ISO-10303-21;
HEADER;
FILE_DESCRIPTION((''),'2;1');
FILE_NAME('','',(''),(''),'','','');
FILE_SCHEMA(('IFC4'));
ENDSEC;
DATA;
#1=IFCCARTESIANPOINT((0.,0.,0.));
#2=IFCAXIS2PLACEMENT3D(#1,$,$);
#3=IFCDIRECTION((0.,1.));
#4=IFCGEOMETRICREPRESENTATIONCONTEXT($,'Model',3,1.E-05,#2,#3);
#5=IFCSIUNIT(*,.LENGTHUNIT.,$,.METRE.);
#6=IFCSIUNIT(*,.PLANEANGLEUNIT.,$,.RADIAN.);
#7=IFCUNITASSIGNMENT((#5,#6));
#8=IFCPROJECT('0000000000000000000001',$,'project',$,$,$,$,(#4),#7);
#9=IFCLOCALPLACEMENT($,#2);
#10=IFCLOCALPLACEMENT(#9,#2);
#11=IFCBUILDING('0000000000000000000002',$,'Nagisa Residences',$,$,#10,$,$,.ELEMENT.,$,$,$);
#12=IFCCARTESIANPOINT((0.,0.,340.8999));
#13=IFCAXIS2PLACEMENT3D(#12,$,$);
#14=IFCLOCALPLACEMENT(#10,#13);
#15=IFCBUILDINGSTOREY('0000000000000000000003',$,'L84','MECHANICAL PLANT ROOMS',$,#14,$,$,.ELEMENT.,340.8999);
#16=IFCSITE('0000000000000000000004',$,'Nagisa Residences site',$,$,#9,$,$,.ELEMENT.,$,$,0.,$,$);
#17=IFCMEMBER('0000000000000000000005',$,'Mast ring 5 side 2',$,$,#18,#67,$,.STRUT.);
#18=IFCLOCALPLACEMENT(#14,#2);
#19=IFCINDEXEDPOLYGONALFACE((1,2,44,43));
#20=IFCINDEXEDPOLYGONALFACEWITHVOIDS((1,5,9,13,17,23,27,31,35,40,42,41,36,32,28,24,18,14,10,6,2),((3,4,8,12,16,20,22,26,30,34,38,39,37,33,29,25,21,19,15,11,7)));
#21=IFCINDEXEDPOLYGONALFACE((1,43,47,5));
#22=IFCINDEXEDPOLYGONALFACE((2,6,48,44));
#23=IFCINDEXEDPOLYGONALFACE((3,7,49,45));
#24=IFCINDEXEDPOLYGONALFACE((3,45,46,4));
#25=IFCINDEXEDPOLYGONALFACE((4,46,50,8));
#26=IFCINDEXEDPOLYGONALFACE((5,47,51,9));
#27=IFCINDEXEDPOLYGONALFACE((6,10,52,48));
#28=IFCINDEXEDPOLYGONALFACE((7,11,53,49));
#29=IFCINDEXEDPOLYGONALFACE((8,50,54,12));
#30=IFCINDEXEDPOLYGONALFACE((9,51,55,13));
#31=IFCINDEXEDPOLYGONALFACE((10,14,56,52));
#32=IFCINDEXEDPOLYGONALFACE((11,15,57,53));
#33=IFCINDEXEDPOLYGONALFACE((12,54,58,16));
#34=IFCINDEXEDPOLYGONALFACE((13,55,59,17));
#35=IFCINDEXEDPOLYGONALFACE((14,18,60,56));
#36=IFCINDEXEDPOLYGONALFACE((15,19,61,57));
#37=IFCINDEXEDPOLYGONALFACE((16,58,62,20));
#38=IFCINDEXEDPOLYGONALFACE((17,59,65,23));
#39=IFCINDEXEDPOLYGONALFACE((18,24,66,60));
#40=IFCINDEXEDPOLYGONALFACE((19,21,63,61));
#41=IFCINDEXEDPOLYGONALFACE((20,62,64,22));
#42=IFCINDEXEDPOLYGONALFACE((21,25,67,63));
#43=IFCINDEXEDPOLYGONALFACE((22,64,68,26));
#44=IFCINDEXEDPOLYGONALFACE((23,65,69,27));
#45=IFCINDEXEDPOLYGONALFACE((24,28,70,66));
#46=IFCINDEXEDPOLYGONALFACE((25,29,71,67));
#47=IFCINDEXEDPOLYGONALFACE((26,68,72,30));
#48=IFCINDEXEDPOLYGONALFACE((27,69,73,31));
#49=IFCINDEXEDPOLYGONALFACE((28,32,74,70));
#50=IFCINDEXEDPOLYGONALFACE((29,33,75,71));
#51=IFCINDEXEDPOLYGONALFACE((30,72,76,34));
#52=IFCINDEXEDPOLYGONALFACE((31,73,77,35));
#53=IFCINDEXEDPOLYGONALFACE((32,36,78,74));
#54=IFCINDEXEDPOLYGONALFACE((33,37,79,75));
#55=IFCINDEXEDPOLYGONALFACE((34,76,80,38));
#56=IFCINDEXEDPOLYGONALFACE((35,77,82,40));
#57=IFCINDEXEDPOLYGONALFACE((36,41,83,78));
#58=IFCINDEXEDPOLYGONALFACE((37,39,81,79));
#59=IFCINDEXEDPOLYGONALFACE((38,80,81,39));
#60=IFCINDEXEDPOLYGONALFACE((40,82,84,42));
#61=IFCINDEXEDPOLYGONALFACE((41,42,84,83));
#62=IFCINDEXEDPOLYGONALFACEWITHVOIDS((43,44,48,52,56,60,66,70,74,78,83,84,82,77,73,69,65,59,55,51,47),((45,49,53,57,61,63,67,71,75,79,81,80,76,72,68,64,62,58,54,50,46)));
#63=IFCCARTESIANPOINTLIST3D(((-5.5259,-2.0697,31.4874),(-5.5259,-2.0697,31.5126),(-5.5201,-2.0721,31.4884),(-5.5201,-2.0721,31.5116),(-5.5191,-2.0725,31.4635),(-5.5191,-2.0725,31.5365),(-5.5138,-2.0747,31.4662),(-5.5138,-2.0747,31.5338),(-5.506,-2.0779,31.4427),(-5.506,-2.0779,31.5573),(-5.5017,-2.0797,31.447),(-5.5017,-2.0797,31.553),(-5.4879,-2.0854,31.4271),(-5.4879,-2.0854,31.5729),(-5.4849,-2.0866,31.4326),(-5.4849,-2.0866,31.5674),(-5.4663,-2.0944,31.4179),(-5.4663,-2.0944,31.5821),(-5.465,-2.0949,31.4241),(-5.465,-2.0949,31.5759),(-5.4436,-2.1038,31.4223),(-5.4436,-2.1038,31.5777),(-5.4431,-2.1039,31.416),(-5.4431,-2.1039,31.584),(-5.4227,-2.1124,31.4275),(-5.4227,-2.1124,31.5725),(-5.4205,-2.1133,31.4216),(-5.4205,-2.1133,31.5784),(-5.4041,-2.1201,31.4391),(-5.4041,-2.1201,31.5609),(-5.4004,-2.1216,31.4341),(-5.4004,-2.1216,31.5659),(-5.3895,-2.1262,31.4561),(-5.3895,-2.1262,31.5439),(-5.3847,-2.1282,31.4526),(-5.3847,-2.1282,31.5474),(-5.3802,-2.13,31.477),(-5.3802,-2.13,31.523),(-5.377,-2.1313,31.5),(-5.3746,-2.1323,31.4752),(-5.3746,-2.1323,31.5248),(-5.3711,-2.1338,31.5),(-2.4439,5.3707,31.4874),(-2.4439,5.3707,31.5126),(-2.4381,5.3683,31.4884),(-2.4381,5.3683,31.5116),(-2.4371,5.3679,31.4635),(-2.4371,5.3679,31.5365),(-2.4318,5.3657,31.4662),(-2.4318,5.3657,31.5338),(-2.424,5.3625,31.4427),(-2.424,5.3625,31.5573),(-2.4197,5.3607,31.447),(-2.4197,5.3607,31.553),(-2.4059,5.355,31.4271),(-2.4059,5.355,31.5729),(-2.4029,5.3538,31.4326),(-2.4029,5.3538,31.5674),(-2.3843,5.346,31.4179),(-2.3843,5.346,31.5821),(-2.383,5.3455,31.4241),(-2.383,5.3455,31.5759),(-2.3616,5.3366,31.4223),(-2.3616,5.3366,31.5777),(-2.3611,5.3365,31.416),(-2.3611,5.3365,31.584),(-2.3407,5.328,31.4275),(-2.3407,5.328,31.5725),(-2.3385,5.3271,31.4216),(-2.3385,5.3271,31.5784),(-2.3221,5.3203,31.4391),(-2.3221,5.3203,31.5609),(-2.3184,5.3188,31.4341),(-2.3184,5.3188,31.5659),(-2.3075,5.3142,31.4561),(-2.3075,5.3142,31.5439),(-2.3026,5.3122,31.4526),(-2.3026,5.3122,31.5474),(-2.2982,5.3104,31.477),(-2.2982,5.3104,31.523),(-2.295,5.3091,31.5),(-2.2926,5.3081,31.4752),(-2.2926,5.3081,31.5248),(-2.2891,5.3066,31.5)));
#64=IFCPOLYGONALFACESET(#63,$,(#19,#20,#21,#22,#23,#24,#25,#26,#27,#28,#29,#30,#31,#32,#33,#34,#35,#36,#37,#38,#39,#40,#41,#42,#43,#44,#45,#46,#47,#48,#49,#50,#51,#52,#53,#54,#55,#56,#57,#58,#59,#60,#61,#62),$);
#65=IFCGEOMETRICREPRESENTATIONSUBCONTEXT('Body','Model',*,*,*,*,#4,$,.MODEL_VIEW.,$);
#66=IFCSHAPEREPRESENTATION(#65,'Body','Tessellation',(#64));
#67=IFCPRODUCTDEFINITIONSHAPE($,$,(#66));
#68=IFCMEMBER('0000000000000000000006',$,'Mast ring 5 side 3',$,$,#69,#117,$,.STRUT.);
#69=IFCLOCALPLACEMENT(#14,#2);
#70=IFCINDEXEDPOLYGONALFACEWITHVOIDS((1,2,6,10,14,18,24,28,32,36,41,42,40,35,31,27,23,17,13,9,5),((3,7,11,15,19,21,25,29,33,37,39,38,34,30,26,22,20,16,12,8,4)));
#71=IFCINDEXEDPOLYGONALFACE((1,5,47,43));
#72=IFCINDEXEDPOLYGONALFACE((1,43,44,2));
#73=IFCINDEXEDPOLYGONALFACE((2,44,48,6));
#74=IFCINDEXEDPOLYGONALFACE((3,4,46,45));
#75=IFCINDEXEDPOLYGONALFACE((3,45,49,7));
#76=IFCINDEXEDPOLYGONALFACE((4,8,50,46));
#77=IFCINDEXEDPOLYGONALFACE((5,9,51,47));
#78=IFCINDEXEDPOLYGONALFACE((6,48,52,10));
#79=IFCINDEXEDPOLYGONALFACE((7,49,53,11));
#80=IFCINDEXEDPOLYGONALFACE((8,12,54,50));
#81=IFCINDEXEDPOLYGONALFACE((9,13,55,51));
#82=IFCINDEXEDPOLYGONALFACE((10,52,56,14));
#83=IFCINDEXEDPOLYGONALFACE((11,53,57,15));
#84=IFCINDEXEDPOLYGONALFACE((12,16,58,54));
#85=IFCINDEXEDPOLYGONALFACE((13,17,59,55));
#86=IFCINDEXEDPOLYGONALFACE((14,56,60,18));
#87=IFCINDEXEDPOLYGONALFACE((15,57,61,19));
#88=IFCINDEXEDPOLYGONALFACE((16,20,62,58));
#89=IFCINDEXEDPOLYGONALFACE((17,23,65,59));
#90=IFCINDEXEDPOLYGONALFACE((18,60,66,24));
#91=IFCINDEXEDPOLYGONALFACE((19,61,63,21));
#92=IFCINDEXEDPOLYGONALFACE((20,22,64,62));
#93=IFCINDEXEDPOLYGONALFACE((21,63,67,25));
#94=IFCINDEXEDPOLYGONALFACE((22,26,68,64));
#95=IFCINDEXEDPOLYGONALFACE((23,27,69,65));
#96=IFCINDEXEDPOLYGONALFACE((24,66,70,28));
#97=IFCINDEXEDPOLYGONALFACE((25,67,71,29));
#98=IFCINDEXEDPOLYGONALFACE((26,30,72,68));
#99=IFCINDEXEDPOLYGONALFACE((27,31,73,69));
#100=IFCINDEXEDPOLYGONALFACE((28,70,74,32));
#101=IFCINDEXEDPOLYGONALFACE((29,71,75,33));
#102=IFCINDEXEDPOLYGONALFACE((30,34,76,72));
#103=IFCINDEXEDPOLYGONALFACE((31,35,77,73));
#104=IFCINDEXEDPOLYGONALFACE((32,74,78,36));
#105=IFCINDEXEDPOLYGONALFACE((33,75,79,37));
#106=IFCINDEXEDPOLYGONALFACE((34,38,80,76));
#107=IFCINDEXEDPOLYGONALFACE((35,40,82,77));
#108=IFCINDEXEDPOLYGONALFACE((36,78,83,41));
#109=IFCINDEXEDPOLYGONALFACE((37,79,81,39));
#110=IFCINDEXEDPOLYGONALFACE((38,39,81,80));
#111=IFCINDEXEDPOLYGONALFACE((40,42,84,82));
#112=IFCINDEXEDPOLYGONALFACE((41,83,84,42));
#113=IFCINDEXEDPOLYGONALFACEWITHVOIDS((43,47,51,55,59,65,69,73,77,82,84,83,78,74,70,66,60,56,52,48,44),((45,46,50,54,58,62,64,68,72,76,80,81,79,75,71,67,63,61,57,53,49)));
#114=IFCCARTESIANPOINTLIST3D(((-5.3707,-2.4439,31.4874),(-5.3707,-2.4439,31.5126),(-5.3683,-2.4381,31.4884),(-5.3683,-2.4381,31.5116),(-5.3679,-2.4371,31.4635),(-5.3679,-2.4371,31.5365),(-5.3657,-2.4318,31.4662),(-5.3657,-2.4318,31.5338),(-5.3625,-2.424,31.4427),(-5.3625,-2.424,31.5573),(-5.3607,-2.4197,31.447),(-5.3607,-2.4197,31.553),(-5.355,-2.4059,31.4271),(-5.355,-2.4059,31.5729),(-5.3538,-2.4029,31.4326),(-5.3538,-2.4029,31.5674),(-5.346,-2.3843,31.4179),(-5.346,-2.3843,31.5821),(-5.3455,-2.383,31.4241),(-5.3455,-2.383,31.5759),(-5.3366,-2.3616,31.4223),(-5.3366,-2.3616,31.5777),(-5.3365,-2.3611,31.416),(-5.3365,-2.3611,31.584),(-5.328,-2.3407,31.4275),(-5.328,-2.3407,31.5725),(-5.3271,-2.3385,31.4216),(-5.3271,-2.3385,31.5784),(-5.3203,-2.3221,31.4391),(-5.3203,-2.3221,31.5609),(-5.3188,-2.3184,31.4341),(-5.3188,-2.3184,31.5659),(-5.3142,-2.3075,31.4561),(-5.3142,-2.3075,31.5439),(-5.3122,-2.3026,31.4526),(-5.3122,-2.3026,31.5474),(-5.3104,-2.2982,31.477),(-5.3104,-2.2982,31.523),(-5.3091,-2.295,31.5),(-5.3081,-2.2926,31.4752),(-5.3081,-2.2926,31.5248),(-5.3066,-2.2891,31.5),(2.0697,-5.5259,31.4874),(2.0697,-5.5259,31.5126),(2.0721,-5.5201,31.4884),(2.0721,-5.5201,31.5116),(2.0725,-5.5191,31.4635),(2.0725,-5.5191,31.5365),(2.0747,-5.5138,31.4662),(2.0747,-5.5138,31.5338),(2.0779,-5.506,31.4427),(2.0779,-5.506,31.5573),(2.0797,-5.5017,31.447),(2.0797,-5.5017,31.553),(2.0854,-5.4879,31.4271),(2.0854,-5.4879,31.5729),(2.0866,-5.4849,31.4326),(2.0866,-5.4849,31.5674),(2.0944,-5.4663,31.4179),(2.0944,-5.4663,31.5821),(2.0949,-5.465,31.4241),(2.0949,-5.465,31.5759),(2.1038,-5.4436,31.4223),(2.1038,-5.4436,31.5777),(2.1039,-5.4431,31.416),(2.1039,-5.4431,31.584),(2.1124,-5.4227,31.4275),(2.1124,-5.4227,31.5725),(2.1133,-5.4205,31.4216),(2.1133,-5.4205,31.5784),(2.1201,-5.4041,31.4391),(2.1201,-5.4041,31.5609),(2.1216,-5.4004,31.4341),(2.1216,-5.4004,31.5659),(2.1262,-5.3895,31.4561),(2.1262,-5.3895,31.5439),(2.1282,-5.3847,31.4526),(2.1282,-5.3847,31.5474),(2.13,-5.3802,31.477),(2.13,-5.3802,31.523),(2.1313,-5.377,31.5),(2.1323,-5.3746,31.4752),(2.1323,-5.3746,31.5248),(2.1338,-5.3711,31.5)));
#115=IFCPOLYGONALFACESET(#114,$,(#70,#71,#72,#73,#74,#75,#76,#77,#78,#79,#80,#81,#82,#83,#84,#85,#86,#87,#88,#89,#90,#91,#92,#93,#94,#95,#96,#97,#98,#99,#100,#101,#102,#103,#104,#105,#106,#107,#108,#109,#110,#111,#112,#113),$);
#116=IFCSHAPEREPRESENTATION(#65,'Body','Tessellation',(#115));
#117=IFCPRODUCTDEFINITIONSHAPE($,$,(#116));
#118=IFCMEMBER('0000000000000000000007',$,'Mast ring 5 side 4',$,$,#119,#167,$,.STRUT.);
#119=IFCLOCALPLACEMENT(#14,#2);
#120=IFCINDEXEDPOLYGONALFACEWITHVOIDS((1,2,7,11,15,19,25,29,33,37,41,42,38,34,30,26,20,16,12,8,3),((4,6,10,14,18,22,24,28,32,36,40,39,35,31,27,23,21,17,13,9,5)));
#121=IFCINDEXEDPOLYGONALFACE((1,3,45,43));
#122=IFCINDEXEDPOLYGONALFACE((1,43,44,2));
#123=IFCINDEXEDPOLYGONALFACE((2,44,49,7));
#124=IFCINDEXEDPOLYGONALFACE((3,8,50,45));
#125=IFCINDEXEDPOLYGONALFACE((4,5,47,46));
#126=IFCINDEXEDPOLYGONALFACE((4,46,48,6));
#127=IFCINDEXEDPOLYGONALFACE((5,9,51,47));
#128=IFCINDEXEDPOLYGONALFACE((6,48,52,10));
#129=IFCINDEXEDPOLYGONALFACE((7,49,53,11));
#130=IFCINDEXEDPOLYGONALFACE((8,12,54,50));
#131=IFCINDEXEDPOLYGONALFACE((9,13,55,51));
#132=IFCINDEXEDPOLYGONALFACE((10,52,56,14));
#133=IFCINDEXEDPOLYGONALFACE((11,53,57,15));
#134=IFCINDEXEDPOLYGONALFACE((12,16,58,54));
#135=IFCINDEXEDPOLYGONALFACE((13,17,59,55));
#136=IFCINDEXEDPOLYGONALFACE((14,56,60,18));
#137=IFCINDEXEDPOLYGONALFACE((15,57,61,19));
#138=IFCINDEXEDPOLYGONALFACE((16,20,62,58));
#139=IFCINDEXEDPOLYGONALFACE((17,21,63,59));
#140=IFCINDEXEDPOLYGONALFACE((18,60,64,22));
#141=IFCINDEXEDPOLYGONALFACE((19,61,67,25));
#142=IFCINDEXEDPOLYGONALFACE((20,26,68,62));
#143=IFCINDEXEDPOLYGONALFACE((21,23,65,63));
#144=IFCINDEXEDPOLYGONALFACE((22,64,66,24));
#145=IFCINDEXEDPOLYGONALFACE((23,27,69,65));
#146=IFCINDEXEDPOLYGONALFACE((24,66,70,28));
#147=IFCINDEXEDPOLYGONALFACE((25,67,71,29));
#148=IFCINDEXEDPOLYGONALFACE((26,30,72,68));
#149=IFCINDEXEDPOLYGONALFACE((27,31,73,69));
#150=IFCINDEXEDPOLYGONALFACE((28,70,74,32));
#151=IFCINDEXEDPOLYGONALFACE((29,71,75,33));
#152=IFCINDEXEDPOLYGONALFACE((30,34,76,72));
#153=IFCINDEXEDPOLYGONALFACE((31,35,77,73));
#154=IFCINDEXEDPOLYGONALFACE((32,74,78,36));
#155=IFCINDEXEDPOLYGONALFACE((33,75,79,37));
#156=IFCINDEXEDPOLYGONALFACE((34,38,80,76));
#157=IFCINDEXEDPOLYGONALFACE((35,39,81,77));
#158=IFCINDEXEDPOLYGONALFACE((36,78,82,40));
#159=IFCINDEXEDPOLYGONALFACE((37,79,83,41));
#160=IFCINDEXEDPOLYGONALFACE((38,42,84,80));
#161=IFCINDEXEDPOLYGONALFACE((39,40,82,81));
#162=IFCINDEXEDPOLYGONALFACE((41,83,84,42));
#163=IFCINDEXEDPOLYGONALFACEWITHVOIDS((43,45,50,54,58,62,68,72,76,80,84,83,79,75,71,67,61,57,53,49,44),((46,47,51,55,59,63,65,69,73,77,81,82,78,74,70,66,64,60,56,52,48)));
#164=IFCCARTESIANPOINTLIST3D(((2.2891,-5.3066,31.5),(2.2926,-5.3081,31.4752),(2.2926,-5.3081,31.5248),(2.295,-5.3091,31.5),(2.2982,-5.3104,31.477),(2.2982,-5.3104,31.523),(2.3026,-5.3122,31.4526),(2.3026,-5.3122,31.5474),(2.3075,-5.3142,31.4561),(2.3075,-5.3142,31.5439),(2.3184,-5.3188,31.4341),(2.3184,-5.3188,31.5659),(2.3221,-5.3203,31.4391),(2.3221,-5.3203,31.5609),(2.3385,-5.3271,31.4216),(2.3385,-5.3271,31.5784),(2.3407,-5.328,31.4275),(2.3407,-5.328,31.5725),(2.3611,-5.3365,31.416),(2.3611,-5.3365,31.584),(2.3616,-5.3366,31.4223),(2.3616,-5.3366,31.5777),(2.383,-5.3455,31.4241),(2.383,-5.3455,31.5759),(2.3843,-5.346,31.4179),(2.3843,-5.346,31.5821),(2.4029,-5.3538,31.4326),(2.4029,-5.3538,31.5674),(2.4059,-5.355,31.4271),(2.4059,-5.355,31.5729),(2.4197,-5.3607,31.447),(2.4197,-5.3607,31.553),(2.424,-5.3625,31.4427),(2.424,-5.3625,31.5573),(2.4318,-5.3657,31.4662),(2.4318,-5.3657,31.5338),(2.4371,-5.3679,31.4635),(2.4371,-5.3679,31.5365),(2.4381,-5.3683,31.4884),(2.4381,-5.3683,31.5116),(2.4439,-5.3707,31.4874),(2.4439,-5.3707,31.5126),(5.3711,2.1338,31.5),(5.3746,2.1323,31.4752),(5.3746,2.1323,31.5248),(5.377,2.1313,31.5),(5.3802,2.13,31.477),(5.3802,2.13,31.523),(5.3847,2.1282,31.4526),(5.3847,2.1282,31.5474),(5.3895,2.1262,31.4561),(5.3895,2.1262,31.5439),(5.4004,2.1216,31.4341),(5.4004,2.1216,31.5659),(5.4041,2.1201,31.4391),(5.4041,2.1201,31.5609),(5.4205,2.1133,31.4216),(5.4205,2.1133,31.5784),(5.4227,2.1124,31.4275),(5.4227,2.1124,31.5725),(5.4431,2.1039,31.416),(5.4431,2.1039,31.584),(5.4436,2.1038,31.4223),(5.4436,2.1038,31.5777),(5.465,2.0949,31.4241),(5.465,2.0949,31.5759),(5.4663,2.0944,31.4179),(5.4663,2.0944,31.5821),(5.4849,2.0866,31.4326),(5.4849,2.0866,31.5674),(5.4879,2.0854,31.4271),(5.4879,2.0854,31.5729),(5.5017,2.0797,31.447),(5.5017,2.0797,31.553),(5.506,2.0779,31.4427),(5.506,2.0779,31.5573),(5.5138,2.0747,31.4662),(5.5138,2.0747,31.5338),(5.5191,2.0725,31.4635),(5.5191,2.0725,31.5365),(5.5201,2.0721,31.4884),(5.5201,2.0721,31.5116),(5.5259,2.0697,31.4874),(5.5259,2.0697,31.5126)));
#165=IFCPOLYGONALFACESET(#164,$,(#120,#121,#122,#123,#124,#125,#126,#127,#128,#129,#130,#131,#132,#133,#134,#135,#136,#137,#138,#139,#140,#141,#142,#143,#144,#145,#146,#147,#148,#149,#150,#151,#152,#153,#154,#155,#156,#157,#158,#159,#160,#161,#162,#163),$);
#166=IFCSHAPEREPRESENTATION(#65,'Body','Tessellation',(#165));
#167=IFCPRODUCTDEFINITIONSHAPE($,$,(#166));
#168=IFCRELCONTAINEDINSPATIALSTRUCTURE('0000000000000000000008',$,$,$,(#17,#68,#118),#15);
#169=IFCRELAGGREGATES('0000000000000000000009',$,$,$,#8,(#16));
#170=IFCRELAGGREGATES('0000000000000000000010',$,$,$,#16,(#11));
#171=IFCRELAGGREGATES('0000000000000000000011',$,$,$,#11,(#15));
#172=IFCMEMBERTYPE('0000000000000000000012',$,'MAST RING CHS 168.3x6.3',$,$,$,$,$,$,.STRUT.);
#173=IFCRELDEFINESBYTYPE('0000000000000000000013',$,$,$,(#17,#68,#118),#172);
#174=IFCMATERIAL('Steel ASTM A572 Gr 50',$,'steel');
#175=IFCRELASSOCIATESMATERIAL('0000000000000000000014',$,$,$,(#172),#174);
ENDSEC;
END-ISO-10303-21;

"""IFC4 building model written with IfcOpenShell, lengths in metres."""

from ifc_helpers import new_model, si_unit, direction, frame, origin, origin_2d, place, context, subcontext, project, spatial, hollow_circle, extrude, material, material_profile, profile_set, type_object, element, save


model = new_model("IFC4")

# Units and contexts
model_context = context("Model", 3, precision=1e-05, world=origin(), true_north=direction((0.0, 1.0)))
body_context = subcontext(model_context, "Body", "Model", "MODEL_VIEW")
ifc_project = project(units=[si_unit("LENGTHUNIT", "METRE"), si_unit("PLANEANGLEUNIT", "RADIAN")], contexts=[model_context])

# Site, building, storey
site_placement = place(None, origin())
site = spatial("IfcSite", under=ifc_project, at=site_placement, Name="Nagisa Residences site", CompositionType="ELEMENT", RefElevation=0.0)
building_placement = place(site_placement, origin())
building = spatial("IfcBuilding", under=site, at=building_placement, Name="Nagisa Residences", CompositionType="ELEMENT")
storey_placement = place(building_placement, frame((0.0, 0.0, 340.8999)))
storey = spatial("IfcBuildingStorey", under=building, at=storey_placement, Name="L84", Description="MECHANICAL PLANT ROOMS", CompositionType="ELEMENT", Elevation=340.8999)

# Members
ifc_material_1 = material(Name="Steel ASTM A572 Gr 50", Category="steel")
ifc_material_profile_1 = material_profile(ifc_material_1, hollow_circle(Radius=0.0842, WallThickness=0.0063, at=origin_2d()), Name="MAST RING CHS 168.3x6.3")
ifc_profile_set_1 = profile_set([ifc_material_profile_1], Name="Steel ASTM A572 Gr 50")
member_type_1 = type_object("IfcMemberType", Name="MAST RING CHS 168.3x6.3", PredefinedType="STRUT", material=ifc_profile_set_1)
for number, where, z_axis, x_axis, name in (
    (1, (-2.3669, 5.3389, 31.5), (-0.382694, -0.923875, 0.0), (0.923875, -0.382694, 0.0), "Mast ring 5 side 2"),
    (2, (-5.3389, -2.3669, 31.5), (0.923875, -0.382694, 0.0), (0.382694, 0.923875, 0.0), "Mast ring 5 side 3"),
    (3, (2.3669, -5.3389, 31.5), (0.382694, 0.923875, 0.0), (-0.923875, 0.382694, 0.0), "Mast ring 5 side 4"),
):
    element("IfcMember", number, at=place(storey_placement, frame(where, z_axis=z_axis, x_axis=x_axis)), inside=storey, type_object=member_type_1, Name=name, PredefinedType="STRUT", context=body_context, shape_type="SweptSolid", body=[
        extrude(hollow_circle(Radius=0.0842, WallThickness=0.0063, at=origin_2d()), origin(), (0.0, 0.0, 1.0), 8.0535),
    ])

save(model, "model.ifc")
